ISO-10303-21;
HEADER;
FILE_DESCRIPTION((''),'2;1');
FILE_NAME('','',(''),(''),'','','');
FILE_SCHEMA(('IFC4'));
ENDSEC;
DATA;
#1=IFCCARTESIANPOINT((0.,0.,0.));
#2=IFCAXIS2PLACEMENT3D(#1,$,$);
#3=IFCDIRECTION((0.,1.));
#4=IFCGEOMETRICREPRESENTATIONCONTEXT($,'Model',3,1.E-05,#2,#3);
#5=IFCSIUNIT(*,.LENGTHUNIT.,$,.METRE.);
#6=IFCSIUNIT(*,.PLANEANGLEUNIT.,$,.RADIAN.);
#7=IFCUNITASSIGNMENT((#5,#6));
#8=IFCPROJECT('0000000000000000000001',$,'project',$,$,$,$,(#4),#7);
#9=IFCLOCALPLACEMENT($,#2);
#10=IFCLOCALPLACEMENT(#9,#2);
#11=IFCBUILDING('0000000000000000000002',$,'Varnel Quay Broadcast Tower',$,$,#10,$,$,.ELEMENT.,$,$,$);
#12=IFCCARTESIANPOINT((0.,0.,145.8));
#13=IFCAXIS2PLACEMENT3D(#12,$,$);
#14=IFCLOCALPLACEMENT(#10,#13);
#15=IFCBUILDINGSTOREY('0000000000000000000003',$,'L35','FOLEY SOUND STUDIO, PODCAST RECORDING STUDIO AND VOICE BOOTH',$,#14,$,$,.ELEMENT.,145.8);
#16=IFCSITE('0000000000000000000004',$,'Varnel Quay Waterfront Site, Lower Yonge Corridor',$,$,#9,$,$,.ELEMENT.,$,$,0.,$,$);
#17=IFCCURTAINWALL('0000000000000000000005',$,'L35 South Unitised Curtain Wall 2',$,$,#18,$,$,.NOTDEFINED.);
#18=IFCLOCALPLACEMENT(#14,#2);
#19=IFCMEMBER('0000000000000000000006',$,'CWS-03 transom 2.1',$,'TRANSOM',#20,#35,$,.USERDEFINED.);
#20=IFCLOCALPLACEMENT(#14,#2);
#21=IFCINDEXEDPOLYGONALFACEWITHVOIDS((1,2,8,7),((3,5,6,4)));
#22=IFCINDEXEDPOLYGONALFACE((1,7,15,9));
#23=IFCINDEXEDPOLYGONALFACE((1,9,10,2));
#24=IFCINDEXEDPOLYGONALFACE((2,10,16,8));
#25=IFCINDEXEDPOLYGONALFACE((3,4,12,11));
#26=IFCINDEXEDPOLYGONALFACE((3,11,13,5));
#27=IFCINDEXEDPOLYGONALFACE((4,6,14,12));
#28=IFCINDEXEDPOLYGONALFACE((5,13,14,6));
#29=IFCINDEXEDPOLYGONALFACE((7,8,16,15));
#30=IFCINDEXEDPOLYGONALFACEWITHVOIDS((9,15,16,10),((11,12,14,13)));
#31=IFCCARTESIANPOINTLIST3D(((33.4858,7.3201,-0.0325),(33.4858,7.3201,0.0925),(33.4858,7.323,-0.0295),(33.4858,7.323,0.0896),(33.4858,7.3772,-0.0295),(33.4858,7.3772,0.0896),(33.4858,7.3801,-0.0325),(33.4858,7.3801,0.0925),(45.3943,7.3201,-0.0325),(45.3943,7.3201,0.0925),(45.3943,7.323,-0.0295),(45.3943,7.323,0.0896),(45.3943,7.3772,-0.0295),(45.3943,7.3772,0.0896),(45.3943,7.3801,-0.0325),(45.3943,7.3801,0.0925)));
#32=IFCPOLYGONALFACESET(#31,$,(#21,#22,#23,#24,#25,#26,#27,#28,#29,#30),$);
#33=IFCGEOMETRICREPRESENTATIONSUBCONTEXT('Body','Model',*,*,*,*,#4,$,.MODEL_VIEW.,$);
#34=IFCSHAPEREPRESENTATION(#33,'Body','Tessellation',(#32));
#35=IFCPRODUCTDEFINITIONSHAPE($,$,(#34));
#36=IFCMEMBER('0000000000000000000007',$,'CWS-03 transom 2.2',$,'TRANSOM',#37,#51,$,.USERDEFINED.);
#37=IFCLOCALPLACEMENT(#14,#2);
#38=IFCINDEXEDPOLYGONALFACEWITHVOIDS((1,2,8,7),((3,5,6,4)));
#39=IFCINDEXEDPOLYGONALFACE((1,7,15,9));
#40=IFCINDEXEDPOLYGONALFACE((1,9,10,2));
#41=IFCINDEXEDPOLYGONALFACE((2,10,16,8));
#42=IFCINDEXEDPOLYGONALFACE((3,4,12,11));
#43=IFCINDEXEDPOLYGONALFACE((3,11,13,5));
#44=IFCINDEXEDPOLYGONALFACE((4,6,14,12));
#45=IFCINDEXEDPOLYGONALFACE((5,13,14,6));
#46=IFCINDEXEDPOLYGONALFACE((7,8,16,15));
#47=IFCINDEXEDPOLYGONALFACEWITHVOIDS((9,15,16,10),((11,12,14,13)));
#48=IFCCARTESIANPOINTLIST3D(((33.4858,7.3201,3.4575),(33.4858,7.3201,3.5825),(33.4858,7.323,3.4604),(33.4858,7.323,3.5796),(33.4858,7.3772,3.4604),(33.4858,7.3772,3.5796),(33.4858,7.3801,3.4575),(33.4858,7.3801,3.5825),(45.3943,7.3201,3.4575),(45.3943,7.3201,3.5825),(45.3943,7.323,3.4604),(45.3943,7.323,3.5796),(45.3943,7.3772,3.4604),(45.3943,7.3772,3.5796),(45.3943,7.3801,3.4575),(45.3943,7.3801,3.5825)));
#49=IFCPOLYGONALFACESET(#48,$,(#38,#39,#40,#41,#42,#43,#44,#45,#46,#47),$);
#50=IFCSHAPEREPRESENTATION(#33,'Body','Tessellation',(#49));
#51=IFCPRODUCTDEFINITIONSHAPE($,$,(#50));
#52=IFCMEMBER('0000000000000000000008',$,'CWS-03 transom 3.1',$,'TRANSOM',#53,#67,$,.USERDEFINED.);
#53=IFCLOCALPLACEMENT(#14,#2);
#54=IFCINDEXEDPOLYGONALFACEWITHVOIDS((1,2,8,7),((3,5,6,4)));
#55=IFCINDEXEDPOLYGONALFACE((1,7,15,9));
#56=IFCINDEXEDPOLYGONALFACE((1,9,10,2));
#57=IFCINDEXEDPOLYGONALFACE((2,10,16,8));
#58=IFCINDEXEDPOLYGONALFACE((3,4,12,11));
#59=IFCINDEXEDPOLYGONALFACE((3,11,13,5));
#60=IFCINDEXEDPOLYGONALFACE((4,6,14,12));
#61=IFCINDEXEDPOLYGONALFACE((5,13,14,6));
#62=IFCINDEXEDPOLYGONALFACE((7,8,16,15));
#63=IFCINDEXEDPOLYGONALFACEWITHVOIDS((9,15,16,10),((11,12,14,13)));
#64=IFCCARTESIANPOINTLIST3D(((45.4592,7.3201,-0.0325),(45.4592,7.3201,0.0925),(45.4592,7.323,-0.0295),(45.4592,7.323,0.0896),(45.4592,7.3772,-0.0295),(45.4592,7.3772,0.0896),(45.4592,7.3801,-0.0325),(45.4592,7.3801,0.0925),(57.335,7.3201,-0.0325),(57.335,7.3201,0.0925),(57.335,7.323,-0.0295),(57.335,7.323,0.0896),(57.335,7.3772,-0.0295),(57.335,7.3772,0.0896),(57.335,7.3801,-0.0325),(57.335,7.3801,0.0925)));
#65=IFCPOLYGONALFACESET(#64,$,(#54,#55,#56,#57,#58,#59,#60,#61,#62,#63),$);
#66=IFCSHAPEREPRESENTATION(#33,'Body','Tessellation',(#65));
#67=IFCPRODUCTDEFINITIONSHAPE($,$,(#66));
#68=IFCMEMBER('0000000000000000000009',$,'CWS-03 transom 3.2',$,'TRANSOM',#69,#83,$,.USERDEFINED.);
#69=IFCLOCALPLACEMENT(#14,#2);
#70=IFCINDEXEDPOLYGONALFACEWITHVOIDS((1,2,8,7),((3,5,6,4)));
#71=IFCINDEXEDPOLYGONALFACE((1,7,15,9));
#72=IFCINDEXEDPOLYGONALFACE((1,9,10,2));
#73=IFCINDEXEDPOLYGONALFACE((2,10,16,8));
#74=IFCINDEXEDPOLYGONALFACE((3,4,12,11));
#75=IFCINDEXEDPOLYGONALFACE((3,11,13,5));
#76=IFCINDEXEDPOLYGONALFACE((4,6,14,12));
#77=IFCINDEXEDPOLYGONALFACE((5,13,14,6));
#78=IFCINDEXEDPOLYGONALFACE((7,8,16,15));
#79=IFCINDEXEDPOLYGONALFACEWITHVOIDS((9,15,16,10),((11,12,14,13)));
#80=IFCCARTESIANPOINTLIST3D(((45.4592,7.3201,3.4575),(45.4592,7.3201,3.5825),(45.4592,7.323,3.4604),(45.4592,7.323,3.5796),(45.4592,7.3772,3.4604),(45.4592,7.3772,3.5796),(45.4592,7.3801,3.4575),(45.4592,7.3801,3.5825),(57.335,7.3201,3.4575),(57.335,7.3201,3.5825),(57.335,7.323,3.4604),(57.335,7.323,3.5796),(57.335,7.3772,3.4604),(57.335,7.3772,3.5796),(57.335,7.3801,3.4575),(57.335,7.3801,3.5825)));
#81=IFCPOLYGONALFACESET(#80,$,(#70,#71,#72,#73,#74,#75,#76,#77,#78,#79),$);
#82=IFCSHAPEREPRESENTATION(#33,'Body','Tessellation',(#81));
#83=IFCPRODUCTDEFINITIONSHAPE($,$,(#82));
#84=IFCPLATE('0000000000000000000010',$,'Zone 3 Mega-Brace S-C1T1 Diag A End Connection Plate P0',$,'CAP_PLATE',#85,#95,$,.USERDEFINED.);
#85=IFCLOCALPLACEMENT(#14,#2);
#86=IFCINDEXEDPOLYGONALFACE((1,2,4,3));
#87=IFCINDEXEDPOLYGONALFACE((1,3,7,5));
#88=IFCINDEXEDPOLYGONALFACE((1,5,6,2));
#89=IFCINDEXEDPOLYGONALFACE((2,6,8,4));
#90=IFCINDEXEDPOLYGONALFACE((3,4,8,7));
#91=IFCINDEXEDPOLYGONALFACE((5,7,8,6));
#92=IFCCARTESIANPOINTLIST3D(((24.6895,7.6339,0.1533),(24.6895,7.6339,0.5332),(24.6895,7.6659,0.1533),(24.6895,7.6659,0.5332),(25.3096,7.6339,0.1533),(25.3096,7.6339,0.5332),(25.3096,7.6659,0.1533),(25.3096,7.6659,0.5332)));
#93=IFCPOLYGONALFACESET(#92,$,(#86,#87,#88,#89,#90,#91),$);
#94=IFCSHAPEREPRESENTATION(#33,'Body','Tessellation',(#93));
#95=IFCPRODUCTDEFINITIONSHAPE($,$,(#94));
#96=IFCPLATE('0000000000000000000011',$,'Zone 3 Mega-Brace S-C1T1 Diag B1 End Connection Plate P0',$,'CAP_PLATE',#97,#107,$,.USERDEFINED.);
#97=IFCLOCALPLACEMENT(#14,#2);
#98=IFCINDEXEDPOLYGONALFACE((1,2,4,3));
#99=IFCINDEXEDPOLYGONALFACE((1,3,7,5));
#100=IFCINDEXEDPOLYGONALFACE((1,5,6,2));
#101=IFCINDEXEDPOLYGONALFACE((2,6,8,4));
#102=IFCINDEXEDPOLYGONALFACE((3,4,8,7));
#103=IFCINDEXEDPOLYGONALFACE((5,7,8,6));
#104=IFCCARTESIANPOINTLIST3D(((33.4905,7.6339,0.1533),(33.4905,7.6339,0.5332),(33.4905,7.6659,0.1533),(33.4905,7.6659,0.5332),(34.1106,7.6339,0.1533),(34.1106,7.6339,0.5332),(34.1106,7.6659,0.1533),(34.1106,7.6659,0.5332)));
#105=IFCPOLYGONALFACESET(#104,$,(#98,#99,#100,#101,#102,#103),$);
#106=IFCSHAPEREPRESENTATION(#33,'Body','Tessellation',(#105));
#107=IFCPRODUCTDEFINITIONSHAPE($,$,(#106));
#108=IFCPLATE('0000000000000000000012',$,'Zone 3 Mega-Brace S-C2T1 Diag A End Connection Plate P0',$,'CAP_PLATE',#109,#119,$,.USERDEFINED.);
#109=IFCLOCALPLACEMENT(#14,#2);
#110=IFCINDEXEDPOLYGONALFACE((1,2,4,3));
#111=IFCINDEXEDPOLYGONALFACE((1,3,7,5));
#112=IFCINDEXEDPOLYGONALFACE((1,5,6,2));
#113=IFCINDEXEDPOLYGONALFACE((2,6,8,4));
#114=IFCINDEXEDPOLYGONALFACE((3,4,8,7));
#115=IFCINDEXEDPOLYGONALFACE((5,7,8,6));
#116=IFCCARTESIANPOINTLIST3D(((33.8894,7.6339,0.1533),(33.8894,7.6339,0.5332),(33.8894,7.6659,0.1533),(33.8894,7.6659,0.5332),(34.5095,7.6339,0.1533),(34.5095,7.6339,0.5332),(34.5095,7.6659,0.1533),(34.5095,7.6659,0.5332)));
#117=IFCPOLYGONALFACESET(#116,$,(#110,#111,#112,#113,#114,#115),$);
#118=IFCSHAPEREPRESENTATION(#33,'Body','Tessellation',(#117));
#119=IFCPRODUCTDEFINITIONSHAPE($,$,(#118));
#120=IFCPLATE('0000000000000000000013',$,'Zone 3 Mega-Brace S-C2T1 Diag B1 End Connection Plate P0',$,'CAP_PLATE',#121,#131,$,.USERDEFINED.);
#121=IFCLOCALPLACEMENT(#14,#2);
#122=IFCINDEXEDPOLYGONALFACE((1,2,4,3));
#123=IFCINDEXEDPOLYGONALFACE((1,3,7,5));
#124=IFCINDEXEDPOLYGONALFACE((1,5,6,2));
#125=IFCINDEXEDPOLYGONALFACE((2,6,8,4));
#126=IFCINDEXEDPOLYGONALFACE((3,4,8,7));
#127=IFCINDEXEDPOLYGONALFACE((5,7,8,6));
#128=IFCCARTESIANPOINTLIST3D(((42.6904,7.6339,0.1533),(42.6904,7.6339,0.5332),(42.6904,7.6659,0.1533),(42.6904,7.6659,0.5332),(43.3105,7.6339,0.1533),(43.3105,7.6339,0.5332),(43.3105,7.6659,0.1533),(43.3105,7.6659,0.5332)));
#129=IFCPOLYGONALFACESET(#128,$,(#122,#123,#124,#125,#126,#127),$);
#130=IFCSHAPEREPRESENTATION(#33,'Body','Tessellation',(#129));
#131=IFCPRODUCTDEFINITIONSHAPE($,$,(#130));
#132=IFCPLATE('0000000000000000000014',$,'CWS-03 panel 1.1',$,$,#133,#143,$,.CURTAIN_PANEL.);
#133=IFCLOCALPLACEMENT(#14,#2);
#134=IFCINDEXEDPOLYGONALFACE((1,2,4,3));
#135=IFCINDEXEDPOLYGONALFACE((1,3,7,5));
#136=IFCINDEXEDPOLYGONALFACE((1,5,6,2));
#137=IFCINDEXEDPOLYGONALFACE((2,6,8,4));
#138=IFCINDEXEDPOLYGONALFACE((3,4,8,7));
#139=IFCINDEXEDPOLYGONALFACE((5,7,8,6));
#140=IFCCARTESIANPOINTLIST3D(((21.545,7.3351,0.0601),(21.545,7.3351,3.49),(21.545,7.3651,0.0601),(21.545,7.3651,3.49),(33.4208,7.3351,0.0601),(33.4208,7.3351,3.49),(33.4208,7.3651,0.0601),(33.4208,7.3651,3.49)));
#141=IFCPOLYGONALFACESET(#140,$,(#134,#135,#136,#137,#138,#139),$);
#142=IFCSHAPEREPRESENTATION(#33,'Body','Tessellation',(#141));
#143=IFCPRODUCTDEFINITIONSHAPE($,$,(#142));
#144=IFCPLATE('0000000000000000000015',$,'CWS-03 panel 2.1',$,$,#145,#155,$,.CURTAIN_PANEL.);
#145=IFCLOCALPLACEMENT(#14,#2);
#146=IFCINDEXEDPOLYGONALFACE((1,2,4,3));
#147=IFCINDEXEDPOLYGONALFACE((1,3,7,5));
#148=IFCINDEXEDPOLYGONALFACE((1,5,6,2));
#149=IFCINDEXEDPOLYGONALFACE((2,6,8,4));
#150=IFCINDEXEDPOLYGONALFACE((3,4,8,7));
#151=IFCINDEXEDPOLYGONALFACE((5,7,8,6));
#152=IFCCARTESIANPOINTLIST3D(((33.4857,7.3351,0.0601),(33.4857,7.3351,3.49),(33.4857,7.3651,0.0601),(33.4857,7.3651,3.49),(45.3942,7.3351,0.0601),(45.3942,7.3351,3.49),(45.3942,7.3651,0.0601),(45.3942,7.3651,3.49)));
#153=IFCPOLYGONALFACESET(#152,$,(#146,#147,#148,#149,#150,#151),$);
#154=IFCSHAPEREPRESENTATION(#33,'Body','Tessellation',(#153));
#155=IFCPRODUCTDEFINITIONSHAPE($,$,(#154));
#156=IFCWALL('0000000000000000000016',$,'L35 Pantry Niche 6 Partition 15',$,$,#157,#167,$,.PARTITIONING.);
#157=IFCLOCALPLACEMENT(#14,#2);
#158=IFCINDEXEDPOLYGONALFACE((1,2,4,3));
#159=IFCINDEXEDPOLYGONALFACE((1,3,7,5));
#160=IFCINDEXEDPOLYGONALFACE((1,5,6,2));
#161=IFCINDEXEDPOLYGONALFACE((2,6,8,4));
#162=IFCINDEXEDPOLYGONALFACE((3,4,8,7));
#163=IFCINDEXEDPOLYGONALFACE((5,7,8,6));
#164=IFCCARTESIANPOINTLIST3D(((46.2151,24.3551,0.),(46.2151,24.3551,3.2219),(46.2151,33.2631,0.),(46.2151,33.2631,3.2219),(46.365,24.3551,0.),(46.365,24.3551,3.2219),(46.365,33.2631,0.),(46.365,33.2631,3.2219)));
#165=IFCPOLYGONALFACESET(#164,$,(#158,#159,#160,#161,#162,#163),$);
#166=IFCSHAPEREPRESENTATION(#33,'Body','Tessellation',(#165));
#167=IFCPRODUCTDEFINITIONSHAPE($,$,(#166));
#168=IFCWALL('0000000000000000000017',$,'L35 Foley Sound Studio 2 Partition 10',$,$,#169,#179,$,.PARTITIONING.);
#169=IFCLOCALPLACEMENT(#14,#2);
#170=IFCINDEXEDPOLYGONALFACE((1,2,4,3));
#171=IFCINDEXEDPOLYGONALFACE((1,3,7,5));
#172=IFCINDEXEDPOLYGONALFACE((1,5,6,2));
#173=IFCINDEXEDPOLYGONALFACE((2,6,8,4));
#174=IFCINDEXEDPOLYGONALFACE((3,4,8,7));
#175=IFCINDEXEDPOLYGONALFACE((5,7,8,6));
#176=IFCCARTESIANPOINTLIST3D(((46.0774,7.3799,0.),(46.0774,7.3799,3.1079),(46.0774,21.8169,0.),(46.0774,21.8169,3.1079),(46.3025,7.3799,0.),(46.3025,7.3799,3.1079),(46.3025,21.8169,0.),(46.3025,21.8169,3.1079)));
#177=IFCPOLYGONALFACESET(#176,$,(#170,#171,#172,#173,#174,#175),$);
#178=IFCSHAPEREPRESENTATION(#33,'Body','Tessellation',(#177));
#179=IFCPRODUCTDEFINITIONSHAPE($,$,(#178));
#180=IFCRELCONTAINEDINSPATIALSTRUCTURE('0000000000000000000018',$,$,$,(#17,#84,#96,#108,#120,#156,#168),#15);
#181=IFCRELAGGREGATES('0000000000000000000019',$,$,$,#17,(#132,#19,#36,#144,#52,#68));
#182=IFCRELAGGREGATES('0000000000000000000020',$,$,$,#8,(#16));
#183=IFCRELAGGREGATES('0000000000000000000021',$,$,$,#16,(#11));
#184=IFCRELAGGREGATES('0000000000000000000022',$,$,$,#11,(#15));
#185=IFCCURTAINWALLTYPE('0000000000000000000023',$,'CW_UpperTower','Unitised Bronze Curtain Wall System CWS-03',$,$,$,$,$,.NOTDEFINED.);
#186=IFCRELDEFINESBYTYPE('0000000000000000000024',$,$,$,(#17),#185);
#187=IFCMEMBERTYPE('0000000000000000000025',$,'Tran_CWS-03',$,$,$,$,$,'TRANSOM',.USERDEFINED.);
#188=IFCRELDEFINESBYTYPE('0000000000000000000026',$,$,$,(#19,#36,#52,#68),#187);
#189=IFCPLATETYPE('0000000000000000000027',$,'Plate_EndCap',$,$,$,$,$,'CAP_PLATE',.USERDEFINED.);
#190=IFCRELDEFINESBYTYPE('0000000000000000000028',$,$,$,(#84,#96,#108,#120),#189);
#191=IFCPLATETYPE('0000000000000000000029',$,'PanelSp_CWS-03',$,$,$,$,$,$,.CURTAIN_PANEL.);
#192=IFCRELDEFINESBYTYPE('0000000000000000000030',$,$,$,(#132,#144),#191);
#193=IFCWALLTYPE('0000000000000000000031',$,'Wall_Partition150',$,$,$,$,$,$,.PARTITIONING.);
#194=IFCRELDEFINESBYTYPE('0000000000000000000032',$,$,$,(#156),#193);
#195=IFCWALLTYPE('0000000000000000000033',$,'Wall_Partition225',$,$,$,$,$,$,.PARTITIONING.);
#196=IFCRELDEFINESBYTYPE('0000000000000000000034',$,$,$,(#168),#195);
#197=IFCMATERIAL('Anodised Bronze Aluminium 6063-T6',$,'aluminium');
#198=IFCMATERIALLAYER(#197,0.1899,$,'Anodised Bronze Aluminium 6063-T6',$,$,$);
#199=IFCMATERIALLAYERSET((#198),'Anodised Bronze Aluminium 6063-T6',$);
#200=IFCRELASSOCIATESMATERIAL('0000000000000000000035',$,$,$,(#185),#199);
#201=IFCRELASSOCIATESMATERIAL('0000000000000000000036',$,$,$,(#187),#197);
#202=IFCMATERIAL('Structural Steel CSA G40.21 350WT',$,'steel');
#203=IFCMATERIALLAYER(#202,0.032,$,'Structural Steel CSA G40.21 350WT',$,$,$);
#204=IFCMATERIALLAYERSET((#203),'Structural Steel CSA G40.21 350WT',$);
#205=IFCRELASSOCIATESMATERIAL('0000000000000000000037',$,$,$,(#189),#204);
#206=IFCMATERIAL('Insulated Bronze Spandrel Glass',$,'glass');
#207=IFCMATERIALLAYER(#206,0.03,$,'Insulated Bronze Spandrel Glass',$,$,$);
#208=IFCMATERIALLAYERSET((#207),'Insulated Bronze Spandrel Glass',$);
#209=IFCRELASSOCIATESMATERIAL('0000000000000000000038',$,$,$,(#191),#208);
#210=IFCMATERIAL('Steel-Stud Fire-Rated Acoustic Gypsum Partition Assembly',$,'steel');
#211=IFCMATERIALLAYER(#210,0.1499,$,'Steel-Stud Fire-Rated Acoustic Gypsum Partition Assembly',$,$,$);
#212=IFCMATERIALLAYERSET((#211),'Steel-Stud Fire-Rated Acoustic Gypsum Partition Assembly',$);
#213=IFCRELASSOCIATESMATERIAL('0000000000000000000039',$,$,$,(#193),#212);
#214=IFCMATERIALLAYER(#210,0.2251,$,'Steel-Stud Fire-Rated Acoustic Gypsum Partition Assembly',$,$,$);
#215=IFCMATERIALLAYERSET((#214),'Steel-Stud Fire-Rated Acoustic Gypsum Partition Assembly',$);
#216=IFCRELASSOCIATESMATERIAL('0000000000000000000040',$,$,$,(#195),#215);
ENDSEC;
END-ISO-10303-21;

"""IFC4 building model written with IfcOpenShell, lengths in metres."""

from ifc_helpers import new_model, si_unit, direction, frame, frame_2d, origin, origin_2d, place, context, subcontext, project, spatial, rectangle, hollow_rectangle, extrude, source, transform, mapped, material, layer, layer_set, material_profile, profile_set, type_object, type_shapes, element, aggregate, save


model = new_model("IFC4")

# Units and contexts
model_context = context("Model", 3, precision=1e-05, world=origin(), true_north=direction((0.0, 1.0)))
body_context = subcontext(model_context, "Body", "Model", "MODEL_VIEW")
ifc_project = project(units=[si_unit("LENGTHUNIT", "METRE"), si_unit("PLANEANGLEUNIT", "RADIAN")], contexts=[model_context])

# Site, building, storey
site_placement = place(None, origin())
site = spatial("IfcSite", under=ifc_project, at=site_placement, Name="Varnel Quay Waterfront Site, Lower Yonge Corridor", CompositionType="ELEMENT", RefElevation=0.0)
building_placement = place(site_placement, origin())
building = spatial("IfcBuilding", under=site, at=building_placement, Name="Varnel Quay Broadcast Tower", CompositionType="ELEMENT")
storey_placement = place(building_placement, frame((0.0, 0.0, 145.8)))
storey = spatial("IfcBuildingStorey", under=building, at=storey_placement, Name="L35", Description="FOLEY SOUND STUDIO, PODCAST RECORDING STUDIO AND VOICE BOOTH", CompositionType="ELEMENT", Elevation=145.8)

# Shared definitions
ifc_material_1 = material(Name="Structural Steel CSA G40.21 350WT", Category="steel")

# Curtain wall, members
ifc_material_2 = material(Name="Anodised Bronze Aluminium 6063-T6", Category="aluminium")
ifc_layer_1 = layer(ifc_material_2, 0.1899, Name="Anodised Bronze Aluminium 6063-T6")
ifc_layer_set_1 = layer_set([ifc_layer_1], Name="Anodised Bronze Aluminium 6063-T6")
curtain_wall_type = type_object("IfcCurtainWallType", Name="CW_UpperTower", Description="Unitised Bronze Curtain Wall System CWS-03", PredefinedType="NOTDEFINED", material=ifc_layer_set_1)
curtain_wall_placement = place(storey_placement, origin())
curtain_wall = element("IfcCurtainWall", 1, at=curtain_wall_placement, inside=storey, type_object=curtain_wall_type, Name="L35 South Unitised Curtain Wall 2", PredefinedType="NOTDEFINED")
ifc_material_profile_1 = material_profile(ifc_material_2, hollow_rectangle(XDim=0.0601, YDim=0.125, WallThickness=0.0029, at=origin_2d()), Name="ALU60X125X3")
ifc_profile_set_1 = profile_set([ifc_material_profile_1], Name="Anodised Bronze Aluminium 6063-T6")
member_type_1 = type_object("IfcMemberType", Name="Tran_CWS-03", ElementType="TRANSOM", PredefinedType="USERDEFINED", material=ifc_profile_set_1)
shared_shape_1 = source(origin(), body_context, "Body", "SweptSolid", [
    extrude(hollow_rectangle(XDim=0.0601, YDim=0.125, WallThickness=0.0029, at=origin_2d()), origin(), (0.0, 0.0, 1.0), 11.9084),
])
member_1_placement = place(storey_placement, frame((33.4858, 7.3501, 0.03), z_axis=(1.0, 0.0, 0.0), x_axis=(0.0, 1.0, 0.0)))
member_1 = element("IfcMember", 2, at=member_1_placement, type_object=member_type_1, Name="CWS-03 transom 2.1", ObjectType="TRANSOM", PredefinedType="USERDEFINED", context=body_context, shape_type="MappedRepresentation", body=[
    mapped(shared_shape_1, transform((0.0, 0.0, 0.0), x_axis=(1.0, 0.0, 0.0), y_axis=(0.0, 1.0, 0.0), z_axis=(0.0, 0.0, 1.0), scale=1.0)),
])
member_2_placement = place(storey_placement, frame((33.4858, 7.3501, 3.52), z_axis=(1.0, 0.0, 0.0), x_axis=(0.0, 1.0, 0.0)))
member_2 = element("IfcMember", 3, at=member_2_placement, type_object=member_type_1, Name="CWS-03 transom 2.2", ObjectType="TRANSOM", PredefinedType="USERDEFINED", context=body_context, shape_type="MappedRepresentation", body=[
    mapped(shared_shape_1, transform((0.0, 0.0, 0.0), x_axis=(1.0, 0.0, 0.0), y_axis=(0.0, 1.0, 0.0), z_axis=(0.0, 0.0, 1.0), scale=1.0)),
])
shared_shape_2 = source(origin(), body_context, "Body", "SweptSolid", [
    extrude(hollow_rectangle(XDim=0.0601, YDim=0.125, WallThickness=0.0029, at=origin_2d()), origin(), (0.0, 0.0, 1.0), 11.8757),
])
type_shapes(member_type_1, [shared_shape_1, shared_shape_2])
member_3_placement = place(storey_placement, frame((45.4592, 7.3501, 0.03), z_axis=(1.0, 0.0, 0.0), x_axis=(0.0, 1.0, 0.0)))
member_3 = element("IfcMember", 4, at=member_3_placement, type_object=member_type_1, Name="CWS-03 transom 3.1", ObjectType="TRANSOM", PredefinedType="USERDEFINED", context=body_context, shape_type="MappedRepresentation", body=[
    mapped(shared_shape_2, transform((0.0, 0.0, 0.0), x_axis=(1.0, 0.0, 0.0), y_axis=(0.0, 1.0, 0.0), z_axis=(0.0, 0.0, 1.0), scale=1.0)),
])
member_4_placement = place(storey_placement, frame((45.4592, 7.3501, 3.52), z_axis=(1.0, 0.0, 0.0), x_axis=(0.0, 1.0, 0.0)))
member_4 = element("IfcMember", 5, at=member_4_placement, type_object=member_type_1, Name="CWS-03 transom 3.2", ObjectType="TRANSOM", PredefinedType="USERDEFINED", context=body_context, shape_type="MappedRepresentation", body=[
    mapped(shared_shape_2, transform((0.0, 0.0, 0.0), x_axis=(1.0, 0.0, 0.0), y_axis=(0.0, 1.0, 0.0), z_axis=(0.0, 0.0, 1.0), scale=1.0)),
])

# Plates
ifc_layer_2 = layer(ifc_material_1, 0.032, Name="Structural Steel CSA G40.21 350WT")
ifc_layer_set_2 = layer_set([ifc_layer_2], Name="Structural Steel CSA G40.21 350WT")
plate_type_1 = type_object("IfcPlateType", Name="Plate_EndCap", ElementType="CAP_PLATE", PredefinedType="USERDEFINED", material=ifc_layer_set_2)
shared_shape_3 = source(origin(), body_context, "Body", "SweptSolid", [
    extrude(rectangle(XDim=0.6201, YDim=0.032, at=origin_2d()), origin(), (0.0, 0.0, 1.0), 0.3799),
])
type_shapes(plate_type_1, [shared_shape_3])
for number, where, z_axis, x_axis, name in (
    (6, (24.9995, 7.6499, 0.1533), (0.0, 0.0, 1.0), (1.0, 0.0, 0.0), "Zone 3 Mega-Brace S-C1T1 Diag A End Connection Plate P0"),
    (7, (33.8005, 7.6499, 0.1533), (0.0, 0.0, 1.0), (1.0, 0.0, 0.0), "Zone 3 Mega-Brace S-C1T1 Diag B1 End Connection Plate P0"),
    (8, (34.1995, 7.6499, 0.1533), (0.0, 0.0, 1.0), (1.0, 0.0, 0.0), "Zone 3 Mega-Brace S-C2T1 Diag A End Connection Plate P0"),
    (9, (43.0005, 7.6499, 0.1533), (0.0, 0.0, 1.0), (1.0, 0.0, 0.0), "Zone 3 Mega-Brace S-C2T1 Diag B1 End Connection Plate P0"),
):
    element("IfcPlate", number, at=place(storey_placement, frame(where, z_axis=z_axis, x_axis=x_axis)), inside=storey, type_object=plate_type_1, Name=name, ObjectType="CAP_PLATE", PredefinedType="USERDEFINED", context=body_context, shape_type="MappedRepresentation", body=[
        mapped(shared_shape_3, transform((0.0, 0.0, 0.0), x_axis=(1.0, 0.0, 0.0), y_axis=(0.0, 1.0, 0.0), z_axis=(0.0, 0.0, 1.0), scale=1.0)),
    ])

# Plates
ifc_material_3 = material(Name="Insulated Bronze Spandrel Glass", Category="glass")
ifc_layer_3 = layer(ifc_material_3, 0.03, Name="Insulated Bronze Spandrel Glass")
ifc_layer_set_3 = layer_set([ifc_layer_3], Name="Insulated Bronze Spandrel Glass")
plate_type_2 = type_object("IfcPlateType", Name="PanelSp_CWS-03", PredefinedType="CURTAIN_PANEL", material=ifc_layer_set_3)
shared_shape_4 = source(origin(), body_context, "Body", "SweptSolid", [
    extrude(rectangle(XDim=11.8757, YDim=0.03, at=origin_2d()), origin(), (0.0, 0.0, 1.0), 3.4299),
])
plate_1_placement = place(storey_placement, frame((27.4829, 7.3501, 0.0601), z_axis=(0.0, 0.0, 1.0), x_axis=(1.0, 0.0, 0.0)))
plate_1 = element("IfcPlate", 10, at=plate_1_placement, type_object=plate_type_2, Name="CWS-03 panel 1.1", PredefinedType="CURTAIN_PANEL", context=body_context, shape_type="MappedRepresentation", body=[
    mapped(shared_shape_4, transform((0.0, 0.0, 0.0), x_axis=(1.0, 0.0, 0.0), y_axis=(0.0, 1.0, 0.0), z_axis=(0.0, 0.0, 1.0), scale=1.0)),
])
shared_shape_5 = source(origin(), body_context, "Body", "SweptSolid", [
    extrude(rectangle(XDim=11.9084, YDim=0.03, at=origin_2d()), origin(), (0.0, 0.0, 1.0), 3.4299),
])
type_shapes(plate_type_2, [shared_shape_4, shared_shape_5])
plate_2_placement = place(storey_placement, frame((39.4399, 7.3501, 0.0601), z_axis=(0.0, 0.0, 1.0), x_axis=(1.0, 0.0, 0.0)))
plate_2 = element("IfcPlate", 11, at=plate_2_placement, type_object=plate_type_2, Name="CWS-03 panel 2.1", PredefinedType="CURTAIN_PANEL", context=body_context, shape_type="MappedRepresentation", body=[
    mapped(shared_shape_5, transform((0.0, 0.0, 0.0), x_axis=(1.0, 0.0, 0.0), y_axis=(0.0, 1.0, 0.0), z_axis=(0.0, 0.0, 1.0), scale=1.0)),
])
aggregate(curtain_wall, [plate_1, member_1, member_2, plate_2, member_3, member_4])

# Walls
ifc_material_4 = material(Name="Steel-Stud Fire-Rated Acoustic Gypsum Partition Assembly", Category="steel")
ifc_layer_4 = layer(ifc_material_4, 0.1499, Name="Steel-Stud Fire-Rated Acoustic Gypsum Partition Assembly")
ifc_layer_set_4 = layer_set([ifc_layer_4], Name="Steel-Stud Fire-Rated Acoustic Gypsum Partition Assembly")
wall_type_1 = type_object("IfcWallType", Name="Wall_Partition150", PredefinedType="PARTITIONING", material=ifc_layer_set_4)
wall_1_placement = place(storey_placement, frame((46.29, 24.355, 0.0), z_axis=(0.0, 0.0, 1.0), x_axis=(0.0, 1.0, 0.0)))
element("IfcWall", 12, at=wall_1_placement, inside=storey, type_object=wall_type_1, Name="L35 Pantry Niche 6 Partition 15", PredefinedType="PARTITIONING", context=body_context, shape_type="SweptSolid", body=[
    extrude(rectangle(XDim=8.908, YDim=0.1499, at=frame_2d((4.4541, 0.0))), origin(), (0.0, 0.0, 1.0), 3.2219),
])
ifc_layer_5 = layer(ifc_material_4, 0.2251, Name="Steel-Stud Fire-Rated Acoustic Gypsum Partition Assembly")
ifc_layer_set_5 = layer_set([ifc_layer_5], Name="Steel-Stud Fire-Rated Acoustic Gypsum Partition Assembly")
wall_type_2 = type_object("IfcWallType", Name="Wall_Partition225", PredefinedType="PARTITIONING", material=ifc_layer_set_5)
wall_2_placement = place(storey_placement, frame((46.1899, 7.3799, 0.0), z_axis=(0.0, 0.0, 1.0), x_axis=(0.0, 1.0, 0.0)))
element("IfcWall", 13, at=wall_2_placement, inside=storey, type_object=wall_type_2, Name="L35 Foley Sound Studio 2 Partition 10", PredefinedType="PARTITIONING", context=body_context, shape_type="SweptSolid", body=[
    extrude(rectangle(XDim=14.437, YDim=0.2251, at=frame_2d((7.2185, 0.0))), origin(), (0.0, 0.0, 1.0), 3.1079),
])

save(model, "model.ifc")
